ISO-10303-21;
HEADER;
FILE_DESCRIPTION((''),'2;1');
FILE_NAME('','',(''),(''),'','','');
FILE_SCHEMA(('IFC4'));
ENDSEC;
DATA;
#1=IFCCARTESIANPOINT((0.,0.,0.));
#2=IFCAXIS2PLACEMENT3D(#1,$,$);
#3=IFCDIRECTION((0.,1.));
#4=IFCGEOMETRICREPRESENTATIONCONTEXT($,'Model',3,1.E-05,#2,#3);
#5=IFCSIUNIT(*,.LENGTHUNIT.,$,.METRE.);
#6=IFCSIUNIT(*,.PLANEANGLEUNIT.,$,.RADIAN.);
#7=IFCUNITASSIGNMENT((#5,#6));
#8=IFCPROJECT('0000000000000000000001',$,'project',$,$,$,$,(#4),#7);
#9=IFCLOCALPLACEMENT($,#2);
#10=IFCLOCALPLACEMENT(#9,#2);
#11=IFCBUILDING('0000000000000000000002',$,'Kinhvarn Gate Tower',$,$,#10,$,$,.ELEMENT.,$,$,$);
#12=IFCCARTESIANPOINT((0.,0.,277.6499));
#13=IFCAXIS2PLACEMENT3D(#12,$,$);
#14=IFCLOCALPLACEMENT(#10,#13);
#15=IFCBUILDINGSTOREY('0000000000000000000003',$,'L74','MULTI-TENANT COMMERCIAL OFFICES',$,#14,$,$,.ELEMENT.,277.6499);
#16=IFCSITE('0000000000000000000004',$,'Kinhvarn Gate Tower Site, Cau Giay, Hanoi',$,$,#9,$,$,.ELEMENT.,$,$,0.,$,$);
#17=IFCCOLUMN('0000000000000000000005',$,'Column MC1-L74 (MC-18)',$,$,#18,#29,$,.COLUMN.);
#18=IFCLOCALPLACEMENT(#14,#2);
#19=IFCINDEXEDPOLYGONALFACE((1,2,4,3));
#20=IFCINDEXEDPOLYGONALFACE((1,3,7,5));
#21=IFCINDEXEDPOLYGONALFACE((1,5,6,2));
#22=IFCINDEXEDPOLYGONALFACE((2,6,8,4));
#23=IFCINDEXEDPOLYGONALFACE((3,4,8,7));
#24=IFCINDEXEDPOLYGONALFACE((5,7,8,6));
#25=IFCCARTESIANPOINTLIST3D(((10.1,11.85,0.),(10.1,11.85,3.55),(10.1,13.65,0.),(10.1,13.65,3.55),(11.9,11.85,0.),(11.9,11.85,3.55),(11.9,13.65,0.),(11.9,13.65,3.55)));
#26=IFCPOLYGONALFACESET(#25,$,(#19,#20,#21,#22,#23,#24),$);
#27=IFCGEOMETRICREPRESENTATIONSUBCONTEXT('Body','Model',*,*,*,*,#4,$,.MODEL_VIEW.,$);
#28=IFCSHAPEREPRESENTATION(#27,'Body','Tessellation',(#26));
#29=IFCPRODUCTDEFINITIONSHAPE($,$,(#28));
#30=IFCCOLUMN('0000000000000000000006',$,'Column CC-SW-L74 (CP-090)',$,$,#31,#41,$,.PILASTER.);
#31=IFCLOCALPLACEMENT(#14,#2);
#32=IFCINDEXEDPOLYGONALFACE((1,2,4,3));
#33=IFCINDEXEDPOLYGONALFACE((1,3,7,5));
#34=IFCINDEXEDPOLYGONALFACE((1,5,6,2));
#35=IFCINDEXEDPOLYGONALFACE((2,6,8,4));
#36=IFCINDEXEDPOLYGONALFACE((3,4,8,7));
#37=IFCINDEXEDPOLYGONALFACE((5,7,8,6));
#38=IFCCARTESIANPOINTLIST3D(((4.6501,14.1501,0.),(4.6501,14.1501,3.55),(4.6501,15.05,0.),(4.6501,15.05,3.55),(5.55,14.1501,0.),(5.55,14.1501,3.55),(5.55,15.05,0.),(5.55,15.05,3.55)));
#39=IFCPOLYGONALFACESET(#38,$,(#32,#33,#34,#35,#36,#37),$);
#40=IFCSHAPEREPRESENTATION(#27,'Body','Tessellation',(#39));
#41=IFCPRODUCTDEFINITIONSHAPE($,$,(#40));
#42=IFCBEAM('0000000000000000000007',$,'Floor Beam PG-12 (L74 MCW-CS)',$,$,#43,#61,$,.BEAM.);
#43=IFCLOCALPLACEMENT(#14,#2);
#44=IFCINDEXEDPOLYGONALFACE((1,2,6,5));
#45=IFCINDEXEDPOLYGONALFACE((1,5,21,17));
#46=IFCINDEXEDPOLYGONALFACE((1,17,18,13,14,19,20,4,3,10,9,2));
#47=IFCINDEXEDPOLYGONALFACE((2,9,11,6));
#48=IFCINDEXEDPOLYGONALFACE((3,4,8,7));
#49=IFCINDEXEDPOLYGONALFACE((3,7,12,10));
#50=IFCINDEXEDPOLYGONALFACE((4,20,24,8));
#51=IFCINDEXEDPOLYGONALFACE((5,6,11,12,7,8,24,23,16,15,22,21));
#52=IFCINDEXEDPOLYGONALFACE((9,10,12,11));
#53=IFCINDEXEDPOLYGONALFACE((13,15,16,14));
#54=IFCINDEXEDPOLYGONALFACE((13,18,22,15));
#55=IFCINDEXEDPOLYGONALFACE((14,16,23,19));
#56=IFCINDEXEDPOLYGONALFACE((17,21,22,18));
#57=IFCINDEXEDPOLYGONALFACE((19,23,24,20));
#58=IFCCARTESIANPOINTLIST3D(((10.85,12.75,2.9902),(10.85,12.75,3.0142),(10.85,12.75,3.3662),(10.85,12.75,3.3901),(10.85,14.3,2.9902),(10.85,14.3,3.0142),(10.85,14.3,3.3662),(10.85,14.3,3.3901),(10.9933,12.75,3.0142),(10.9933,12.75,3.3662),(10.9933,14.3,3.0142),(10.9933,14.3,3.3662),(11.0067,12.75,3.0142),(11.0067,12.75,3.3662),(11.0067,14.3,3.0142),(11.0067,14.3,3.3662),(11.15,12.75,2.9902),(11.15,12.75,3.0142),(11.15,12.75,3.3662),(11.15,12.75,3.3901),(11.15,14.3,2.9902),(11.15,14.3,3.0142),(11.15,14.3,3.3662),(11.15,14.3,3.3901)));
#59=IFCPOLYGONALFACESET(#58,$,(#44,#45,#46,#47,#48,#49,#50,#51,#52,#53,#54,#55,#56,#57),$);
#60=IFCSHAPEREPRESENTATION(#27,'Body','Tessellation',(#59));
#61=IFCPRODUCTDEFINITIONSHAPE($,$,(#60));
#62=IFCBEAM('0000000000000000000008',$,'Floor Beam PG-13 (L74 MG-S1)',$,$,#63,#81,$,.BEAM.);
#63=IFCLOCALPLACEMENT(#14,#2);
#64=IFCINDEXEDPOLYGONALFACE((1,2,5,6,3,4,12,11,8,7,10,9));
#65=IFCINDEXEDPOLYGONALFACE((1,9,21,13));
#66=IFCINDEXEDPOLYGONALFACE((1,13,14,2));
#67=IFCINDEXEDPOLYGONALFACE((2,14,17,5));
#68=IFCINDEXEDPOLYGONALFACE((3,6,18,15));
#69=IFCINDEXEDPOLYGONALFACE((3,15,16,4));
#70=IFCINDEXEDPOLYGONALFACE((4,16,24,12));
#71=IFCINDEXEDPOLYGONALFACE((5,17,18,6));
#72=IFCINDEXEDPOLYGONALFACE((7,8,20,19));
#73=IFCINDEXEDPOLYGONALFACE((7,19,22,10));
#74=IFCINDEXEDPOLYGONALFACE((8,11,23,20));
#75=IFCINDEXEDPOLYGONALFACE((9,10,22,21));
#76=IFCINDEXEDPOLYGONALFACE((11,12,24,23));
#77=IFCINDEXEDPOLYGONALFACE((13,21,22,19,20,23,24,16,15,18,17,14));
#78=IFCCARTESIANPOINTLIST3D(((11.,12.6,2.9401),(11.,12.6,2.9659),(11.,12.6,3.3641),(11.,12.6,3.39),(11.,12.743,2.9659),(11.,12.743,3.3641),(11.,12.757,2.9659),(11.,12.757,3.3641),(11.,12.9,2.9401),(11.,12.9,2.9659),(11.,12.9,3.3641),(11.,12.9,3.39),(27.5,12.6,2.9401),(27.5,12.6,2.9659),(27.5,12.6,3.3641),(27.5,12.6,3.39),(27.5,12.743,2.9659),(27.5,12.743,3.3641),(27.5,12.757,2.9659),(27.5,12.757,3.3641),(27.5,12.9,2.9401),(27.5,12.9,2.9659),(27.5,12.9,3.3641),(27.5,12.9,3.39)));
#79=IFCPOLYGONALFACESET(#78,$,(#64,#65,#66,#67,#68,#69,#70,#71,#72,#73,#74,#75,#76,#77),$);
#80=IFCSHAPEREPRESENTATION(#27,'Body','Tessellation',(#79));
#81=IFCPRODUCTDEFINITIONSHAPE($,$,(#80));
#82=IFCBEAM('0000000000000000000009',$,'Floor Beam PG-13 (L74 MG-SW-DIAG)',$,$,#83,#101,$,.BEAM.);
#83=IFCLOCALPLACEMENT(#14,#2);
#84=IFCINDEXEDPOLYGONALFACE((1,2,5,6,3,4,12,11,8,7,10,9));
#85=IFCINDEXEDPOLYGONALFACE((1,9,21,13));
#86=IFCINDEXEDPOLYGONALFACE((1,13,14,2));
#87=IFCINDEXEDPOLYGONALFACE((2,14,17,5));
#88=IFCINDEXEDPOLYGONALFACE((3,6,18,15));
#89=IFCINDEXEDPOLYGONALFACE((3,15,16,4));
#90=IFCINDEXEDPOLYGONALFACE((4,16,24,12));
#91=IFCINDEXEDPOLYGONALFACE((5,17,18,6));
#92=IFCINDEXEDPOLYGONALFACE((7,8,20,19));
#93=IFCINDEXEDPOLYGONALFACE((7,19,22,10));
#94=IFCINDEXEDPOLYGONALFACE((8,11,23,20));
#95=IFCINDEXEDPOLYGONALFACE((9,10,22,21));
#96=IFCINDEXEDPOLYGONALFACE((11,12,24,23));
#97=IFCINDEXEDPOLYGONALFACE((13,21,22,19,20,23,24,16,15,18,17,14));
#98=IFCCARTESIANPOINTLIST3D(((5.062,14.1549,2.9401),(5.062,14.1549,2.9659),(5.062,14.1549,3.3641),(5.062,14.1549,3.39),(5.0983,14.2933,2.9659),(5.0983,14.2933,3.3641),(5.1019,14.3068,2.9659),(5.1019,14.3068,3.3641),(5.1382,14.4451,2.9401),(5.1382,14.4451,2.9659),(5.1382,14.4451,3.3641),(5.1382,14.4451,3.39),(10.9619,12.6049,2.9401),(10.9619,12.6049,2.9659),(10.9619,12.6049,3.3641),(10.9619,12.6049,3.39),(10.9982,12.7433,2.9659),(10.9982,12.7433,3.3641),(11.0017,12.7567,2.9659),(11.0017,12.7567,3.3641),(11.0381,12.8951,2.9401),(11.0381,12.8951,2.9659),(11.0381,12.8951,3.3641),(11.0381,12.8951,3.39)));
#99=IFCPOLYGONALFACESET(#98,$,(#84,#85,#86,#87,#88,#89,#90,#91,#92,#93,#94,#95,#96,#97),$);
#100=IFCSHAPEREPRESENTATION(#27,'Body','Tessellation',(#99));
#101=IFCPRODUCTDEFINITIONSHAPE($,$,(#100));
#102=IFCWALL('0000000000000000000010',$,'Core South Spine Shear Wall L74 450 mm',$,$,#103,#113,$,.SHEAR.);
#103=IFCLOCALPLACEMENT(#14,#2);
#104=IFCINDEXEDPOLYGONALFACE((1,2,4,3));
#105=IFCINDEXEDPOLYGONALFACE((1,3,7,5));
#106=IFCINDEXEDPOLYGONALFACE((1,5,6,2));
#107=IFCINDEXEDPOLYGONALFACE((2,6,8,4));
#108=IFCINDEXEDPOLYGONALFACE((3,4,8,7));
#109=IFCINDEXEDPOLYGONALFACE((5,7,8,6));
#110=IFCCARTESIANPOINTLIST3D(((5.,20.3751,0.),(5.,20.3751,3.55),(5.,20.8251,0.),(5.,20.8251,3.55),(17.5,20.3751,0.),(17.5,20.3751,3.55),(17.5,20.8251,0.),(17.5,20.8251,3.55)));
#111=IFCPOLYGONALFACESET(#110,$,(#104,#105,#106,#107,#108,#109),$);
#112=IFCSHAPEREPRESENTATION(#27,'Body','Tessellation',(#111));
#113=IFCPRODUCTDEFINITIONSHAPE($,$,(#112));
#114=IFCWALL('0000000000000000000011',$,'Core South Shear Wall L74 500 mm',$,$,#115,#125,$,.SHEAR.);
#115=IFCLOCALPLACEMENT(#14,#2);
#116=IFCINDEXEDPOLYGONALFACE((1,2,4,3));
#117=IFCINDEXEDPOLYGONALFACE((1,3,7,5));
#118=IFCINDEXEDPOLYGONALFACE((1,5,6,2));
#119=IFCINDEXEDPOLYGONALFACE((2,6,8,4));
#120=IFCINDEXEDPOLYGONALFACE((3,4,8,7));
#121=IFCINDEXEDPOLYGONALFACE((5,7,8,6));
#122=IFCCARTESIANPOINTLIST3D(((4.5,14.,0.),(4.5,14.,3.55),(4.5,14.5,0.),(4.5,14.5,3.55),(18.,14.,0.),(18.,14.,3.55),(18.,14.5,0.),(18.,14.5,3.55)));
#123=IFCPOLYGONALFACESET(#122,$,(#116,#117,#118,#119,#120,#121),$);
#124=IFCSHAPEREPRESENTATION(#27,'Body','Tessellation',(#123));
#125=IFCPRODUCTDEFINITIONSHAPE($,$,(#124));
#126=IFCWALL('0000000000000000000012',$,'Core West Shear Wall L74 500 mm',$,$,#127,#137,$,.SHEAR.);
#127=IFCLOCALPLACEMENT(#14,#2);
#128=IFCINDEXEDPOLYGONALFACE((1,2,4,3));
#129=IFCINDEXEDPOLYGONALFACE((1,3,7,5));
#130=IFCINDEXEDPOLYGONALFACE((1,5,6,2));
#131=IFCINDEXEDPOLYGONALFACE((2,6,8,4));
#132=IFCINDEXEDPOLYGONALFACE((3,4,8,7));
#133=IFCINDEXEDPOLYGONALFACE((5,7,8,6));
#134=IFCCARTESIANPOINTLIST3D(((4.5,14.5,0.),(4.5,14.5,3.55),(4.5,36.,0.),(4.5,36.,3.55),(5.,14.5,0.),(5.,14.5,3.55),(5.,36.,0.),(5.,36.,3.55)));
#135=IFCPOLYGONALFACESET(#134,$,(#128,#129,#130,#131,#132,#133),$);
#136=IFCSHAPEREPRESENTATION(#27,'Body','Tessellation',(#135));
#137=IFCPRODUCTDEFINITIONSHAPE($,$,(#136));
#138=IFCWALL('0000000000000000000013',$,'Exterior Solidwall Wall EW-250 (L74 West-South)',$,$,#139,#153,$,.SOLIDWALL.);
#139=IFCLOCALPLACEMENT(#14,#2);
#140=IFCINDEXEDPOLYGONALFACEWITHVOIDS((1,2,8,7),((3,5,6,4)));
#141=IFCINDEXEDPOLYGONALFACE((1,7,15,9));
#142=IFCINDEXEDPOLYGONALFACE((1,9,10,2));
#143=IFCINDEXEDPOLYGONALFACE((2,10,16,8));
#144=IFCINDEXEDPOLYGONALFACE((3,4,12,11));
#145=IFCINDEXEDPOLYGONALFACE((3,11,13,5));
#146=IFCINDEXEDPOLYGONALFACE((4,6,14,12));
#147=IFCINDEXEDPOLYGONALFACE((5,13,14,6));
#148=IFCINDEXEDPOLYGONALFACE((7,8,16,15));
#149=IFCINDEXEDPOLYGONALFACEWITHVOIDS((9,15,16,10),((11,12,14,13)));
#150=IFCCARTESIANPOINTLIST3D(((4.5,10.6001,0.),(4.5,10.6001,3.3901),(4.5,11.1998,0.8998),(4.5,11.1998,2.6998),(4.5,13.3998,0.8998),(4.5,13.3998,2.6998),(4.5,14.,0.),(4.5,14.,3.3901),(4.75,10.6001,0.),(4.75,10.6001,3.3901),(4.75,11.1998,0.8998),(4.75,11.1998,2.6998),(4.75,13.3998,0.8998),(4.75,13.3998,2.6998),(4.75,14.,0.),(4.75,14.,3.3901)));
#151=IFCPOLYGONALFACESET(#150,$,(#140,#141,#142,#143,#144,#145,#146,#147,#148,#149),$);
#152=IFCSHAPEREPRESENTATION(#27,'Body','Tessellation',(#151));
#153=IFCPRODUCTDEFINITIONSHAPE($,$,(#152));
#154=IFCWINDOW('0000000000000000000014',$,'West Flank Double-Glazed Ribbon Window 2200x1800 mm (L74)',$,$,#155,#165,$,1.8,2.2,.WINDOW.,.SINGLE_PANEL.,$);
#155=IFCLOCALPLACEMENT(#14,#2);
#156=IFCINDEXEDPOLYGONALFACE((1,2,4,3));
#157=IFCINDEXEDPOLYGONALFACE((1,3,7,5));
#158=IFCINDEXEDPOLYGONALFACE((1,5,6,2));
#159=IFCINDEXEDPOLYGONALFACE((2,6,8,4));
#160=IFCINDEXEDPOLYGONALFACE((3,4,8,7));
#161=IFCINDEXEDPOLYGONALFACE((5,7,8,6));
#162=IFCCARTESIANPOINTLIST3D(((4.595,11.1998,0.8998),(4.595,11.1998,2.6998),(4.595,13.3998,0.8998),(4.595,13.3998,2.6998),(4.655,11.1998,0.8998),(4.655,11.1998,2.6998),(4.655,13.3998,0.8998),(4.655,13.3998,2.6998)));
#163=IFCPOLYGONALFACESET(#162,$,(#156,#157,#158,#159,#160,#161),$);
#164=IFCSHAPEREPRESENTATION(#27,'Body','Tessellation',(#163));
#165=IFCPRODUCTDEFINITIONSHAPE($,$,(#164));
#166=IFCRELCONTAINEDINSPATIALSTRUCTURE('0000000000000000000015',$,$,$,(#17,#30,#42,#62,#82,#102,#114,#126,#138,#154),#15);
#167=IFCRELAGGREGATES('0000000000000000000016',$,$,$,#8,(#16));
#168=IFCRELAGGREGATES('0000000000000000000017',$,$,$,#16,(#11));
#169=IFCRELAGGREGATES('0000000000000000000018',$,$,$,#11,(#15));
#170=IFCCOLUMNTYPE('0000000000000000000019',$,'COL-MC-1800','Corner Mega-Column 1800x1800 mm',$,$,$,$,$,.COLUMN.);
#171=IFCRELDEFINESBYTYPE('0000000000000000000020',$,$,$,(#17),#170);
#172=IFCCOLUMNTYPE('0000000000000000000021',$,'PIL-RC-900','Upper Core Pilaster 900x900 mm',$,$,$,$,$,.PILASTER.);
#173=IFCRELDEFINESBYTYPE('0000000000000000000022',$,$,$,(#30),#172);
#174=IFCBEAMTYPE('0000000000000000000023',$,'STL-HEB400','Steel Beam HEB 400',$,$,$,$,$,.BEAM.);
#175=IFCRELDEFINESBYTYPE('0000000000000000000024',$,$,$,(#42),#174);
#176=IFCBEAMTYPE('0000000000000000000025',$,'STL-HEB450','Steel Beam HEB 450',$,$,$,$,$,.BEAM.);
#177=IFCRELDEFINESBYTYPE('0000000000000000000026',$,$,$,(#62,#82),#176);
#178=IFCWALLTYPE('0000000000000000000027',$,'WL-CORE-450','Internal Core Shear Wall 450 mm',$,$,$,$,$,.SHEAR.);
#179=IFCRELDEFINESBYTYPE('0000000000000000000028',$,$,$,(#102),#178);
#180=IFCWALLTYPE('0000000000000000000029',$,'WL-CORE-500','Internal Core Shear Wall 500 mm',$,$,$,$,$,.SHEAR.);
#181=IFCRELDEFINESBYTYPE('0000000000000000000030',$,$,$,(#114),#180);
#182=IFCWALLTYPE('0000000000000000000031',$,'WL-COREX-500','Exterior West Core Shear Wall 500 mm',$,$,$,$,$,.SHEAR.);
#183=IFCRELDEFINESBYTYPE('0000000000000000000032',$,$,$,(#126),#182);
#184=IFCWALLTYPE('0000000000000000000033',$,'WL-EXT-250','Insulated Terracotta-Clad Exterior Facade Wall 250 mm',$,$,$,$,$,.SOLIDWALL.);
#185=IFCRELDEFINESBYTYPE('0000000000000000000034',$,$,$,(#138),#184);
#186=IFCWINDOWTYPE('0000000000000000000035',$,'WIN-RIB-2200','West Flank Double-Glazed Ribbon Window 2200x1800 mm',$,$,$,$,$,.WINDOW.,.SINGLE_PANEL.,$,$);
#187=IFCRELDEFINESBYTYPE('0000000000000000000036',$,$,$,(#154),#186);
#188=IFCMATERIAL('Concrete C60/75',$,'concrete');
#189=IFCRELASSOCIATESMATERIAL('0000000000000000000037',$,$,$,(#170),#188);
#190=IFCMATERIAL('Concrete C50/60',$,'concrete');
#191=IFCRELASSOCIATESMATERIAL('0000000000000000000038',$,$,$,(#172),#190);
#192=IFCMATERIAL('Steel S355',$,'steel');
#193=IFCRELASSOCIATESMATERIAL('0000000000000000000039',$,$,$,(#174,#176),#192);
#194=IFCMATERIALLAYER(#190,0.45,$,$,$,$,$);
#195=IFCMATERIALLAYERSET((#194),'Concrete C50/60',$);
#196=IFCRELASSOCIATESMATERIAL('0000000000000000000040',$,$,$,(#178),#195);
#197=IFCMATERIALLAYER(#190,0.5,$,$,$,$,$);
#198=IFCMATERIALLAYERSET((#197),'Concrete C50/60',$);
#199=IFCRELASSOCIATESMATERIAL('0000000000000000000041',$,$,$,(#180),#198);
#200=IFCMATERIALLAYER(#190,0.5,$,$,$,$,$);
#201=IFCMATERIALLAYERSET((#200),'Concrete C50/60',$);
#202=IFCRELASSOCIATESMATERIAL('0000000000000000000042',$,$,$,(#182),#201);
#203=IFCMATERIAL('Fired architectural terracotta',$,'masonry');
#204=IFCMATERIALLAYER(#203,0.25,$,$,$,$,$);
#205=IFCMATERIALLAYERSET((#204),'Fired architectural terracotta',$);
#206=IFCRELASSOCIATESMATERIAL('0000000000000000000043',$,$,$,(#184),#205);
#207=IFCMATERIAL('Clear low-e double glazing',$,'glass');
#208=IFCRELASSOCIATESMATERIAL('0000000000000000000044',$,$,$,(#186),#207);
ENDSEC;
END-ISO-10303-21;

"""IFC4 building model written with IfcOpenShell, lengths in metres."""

from ifc_helpers import new_model, si_unit, direction, frame, frame_2d, origin, origin_2d, place, context, subcontext, project, spatial, rectangle, i_section, extrude, material, layer, layer_set, material_profile, profile_set, type_object, element, fill, save


model = new_model("IFC4")

# Units and contexts
model_context = context("Model", 3, precision=1e-05, world=origin(), true_north=direction((0.0, 1.0)))
body_context = subcontext(model_context, "Body", "Model", "MODEL_VIEW")
ifc_project = project(units=[si_unit("LENGTHUNIT", "METRE"), si_unit("PLANEANGLEUNIT", "RADIAN")], contexts=[model_context])

# Site, building, storey
site_placement = place(None, origin())
site = spatial("IfcSite", under=ifc_project, at=site_placement, Name="Kinhvarn Gate Tower Site, Cau Giay, Hanoi", CompositionType="ELEMENT", RefElevation=0.0)
building_placement = place(site_placement, origin())
building = spatial("IfcBuilding", under=site, at=building_placement, Name="Kinhvarn Gate Tower", CompositionType="ELEMENT")
storey_placement = place(building_placement, frame((0.0, 0.0, 277.6499)))
storey = spatial("IfcBuildingStorey", under=building, at=storey_placement, Name="L74", Description="MULTI-TENANT COMMERCIAL OFFICES", CompositionType="ELEMENT", Elevation=277.6499)

# Columns
ifc_material_1 = material(Name="Concrete C60/75", Category="concrete")
ifc_material_profile_1 = material_profile(ifc_material_1, rectangle(XDim=1.8, YDim=1.8, at=origin_2d()), Name="RC 1800x1800")
ifc_profile_set_1 = profile_set([ifc_material_profile_1], Name="Concrete C60/75")
column_type_1 = type_object("IfcColumnType", Name="COL-MC-1800", Description="Corner Mega-Column 1800x1800 mm", PredefinedType="COLUMN", material=ifc_profile_set_1)
column_1_placement = place(storey_placement, frame((11.0, 12.75, 0.0), z_axis=(0.0, 0.0, 1.0), x_axis=(1.0, 0.0, 0.0)))
element("IfcColumn", 1, at=column_1_placement, inside=storey, type_object=column_type_1, Name="Column MC1-L74 (MC-18)", PredefinedType="COLUMN", context=body_context, shape_type="SweptSolid", body=[
    extrude(rectangle(XDim=1.8, YDim=1.8, at=origin_2d()), origin(), (0.0, 0.0, 1.0), 3.55),
])
ifc_material_2 = material(Name="Concrete C50/60", Category="concrete")
ifc_material_profile_2 = material_profile(ifc_material_2, rectangle(XDim=0.8999, YDim=0.8999, at=origin_2d()), Name="RC 900x900")
ifc_profile_set_2 = profile_set([ifc_material_profile_2], Name="Concrete C50/60")
column_type_2 = type_object("IfcColumnType", Name="PIL-RC-900", Description="Upper Core Pilaster 900x900 mm", PredefinedType="PILASTER", material=ifc_profile_set_2)
column_2_placement = place(storey_placement, frame((5.1001, 14.6001, 0.0), z_axis=(0.0, 0.0, 1.0), x_axis=(1.0, 0.0, 0.0)))
element("IfcColumn", 2, at=column_2_placement, inside=storey, type_object=column_type_2, Name="Column CC-SW-L74 (CP-090)", PredefinedType="PILASTER", context=body_context, shape_type="SweptSolid", body=[
    extrude(rectangle(XDim=0.8999, YDim=0.8999, at=origin_2d()), origin(), (0.0, 0.0, 1.0), 3.55),
])

# Beams
ifc_material_3 = material(Name="Steel S355", Category="steel")
ifc_material_profile_3 = material_profile(ifc_material_3, i_section(OverallWidth=0.3, OverallDepth=0.3999, WebThickness=0.0134, FlangeThickness=0.0239, at=origin_2d()), Name="HEB 400")
ifc_profile_set_3 = profile_set([ifc_material_profile_3], Name="Steel S355")
beam_type_1 = type_object("IfcBeamType", Name="STL-HEB400", Description="Steel Beam HEB 400", PredefinedType="BEAM", material=ifc_profile_set_3)
beam_1_placement = place(storey_placement, frame((11.0, 12.75, 3.1902), z_axis=(0.0, 1.0, 0.0), x_axis=(-1.0, 0.0, 0.0)))
element("IfcBeam", 3, at=beam_1_placement, inside=storey, type_object=beam_type_1, Name="Floor Beam PG-12 (L74 MCW-CS)", PredefinedType="BEAM", context=body_context, shape_type="SweptSolid", body=[
    extrude(i_section(OverallWidth=0.3, OverallDepth=0.3999, WebThickness=0.0134, FlangeThickness=0.0239, at=origin_2d()), origin(), (0.0, 0.0, 1.0), 1.55),
])
ifc_material_profile_4 = material_profile(ifc_material_3, i_section(OverallWidth=0.3, OverallDepth=0.45, WebThickness=0.0139, FlangeThickness=0.0259, at=origin_2d()), Name="HEB 450")
ifc_profile_set_4 = profile_set([ifc_material_profile_4], Name="Steel S355")
beam_type_2 = type_object("IfcBeamType", Name="STL-HEB450", Description="Steel Beam HEB 450", PredefinedType="BEAM", material=ifc_profile_set_4)
beam_2_placement = place(storey_placement, frame((11.0, 12.75, 3.165), z_axis=(1.0, 0.0, 0.0), x_axis=(0.0, 1.0, 0.0)))
element("IfcBeam", 4, at=beam_2_placement, inside=storey, type_object=beam_type_2, Name="Floor Beam PG-13 (L74 MG-S1)", PredefinedType="BEAM", context=body_context, shape_type="SweptSolid", body=[
    extrude(i_section(OverallWidth=0.3, OverallDepth=0.45, WebThickness=0.0139, FlangeThickness=0.0259, at=origin_2d()), origin(), (0.0, 0.0, 1.0), 16.5),
])
beam_3_placement = place(storey_placement, frame((5.1001, 14.3, 3.165), z_axis=(0.967178, -0.254101, 0.0), x_axis=(0.254101, 0.967178, 0.0)))
element("IfcBeam", 5, at=beam_3_placement, inside=storey, type_object=beam_type_2, Name="Floor Beam PG-13 (L74 MG-SW-DIAG)", PredefinedType="BEAM", context=body_context, shape_type="SweptSolid", body=[
    extrude(i_section(OverallWidth=0.3, OverallDepth=0.45, WebThickness=0.0139, FlangeThickness=0.0259, at=origin_2d()), origin(), (0.0, 0.0, 1.0), 6.1001),
])

# Walls
ifc_layer_1 = layer(ifc_material_2, 0.45)
ifc_layer_set_1 = layer_set([ifc_layer_1], Name="Concrete C50/60")
wall_type_1 = type_object("IfcWallType", Name="WL-CORE-450", Description="Internal Core Shear Wall 450 mm", PredefinedType="SHEAR", material=ifc_layer_set_1)
wall_1_placement = place(storey_placement, frame((5.0, 20.6001, 0.0), z_axis=(0.0, 0.0, 1.0), x_axis=(1.0, 0.0, 0.0)))
element("IfcWall", 6, at=wall_1_placement, inside=storey, type_object=wall_type_1, Name="Core South Spine Shear Wall L74 450 mm", PredefinedType="SHEAR", context=body_context, shape_type="SweptSolid", body=[
    extrude(rectangle(XDim=12.5, YDim=0.45, at=frame_2d((6.25, 0.0))), origin(), (0.0, 0.0, 1.0), 3.55),
])
ifc_layer_2 = layer(ifc_material_2, 0.5)
ifc_layer_set_2 = layer_set([ifc_layer_2], Name="Concrete C50/60")
wall_type_2 = type_object("IfcWallType", Name="WL-CORE-500", Description="Internal Core Shear Wall 500 mm", PredefinedType="SHEAR", material=ifc_layer_set_2)
wall_2_placement = place(storey_placement, frame((4.5, 14.25, 0.0), z_axis=(0.0, 0.0, 1.0), x_axis=(1.0, 0.0, 0.0)))
element("IfcWall", 7, at=wall_2_placement, inside=storey, type_object=wall_type_2, Name="Core South Shear Wall L74 500 mm", PredefinedType="SHEAR", context=body_context, shape_type="SweptSolid", body=[
    extrude(rectangle(XDim=13.5, YDim=0.5, at=frame_2d((6.75, 0.0))), origin(), (0.0, 0.0, 1.0), 3.55),
])
ifc_layer_3 = layer(ifc_material_2, 0.5)
ifc_layer_set_3 = layer_set([ifc_layer_3], Name="Concrete C50/60")
wall_type_3 = type_object("IfcWallType", Name="WL-COREX-500", Description="Exterior West Core Shear Wall 500 mm", PredefinedType="SHEAR", material=ifc_layer_set_3)
wall_3_placement = place(storey_placement, frame((4.75, 14.5, 0.0), z_axis=(0.0, 0.0, 1.0), x_axis=(0.0, 1.0, 0.0)))
element("IfcWall", 8, at=wall_3_placement, inside=storey, type_object=wall_type_3, Name="Core West Shear Wall L74 500 mm", PredefinedType="SHEAR", context=body_context, shape_type="SweptSolid", body=[
    extrude(rectangle(XDim=21.5, YDim=0.5, at=frame_2d((10.75, 0.0))), origin(), (0.0, 0.0, 1.0), 3.55),
])

# Wall, opening, window
ifc_material_4 = material(Name="Fired architectural terracotta", Category="masonry")
ifc_layer_4 = layer(ifc_material_4, 0.25)
ifc_layer_set_4 = layer_set([ifc_layer_4], Name="Fired architectural terracotta")
wall_type_4 = type_object("IfcWallType", Name="WL-EXT-250", Description="Insulated Terracotta-Clad Exterior Facade Wall 250 mm", PredefinedType="SOLIDWALL", material=ifc_layer_set_4)
wall_4_placement = place(storey_placement, frame((4.625, 14.0, 0.0), z_axis=(0.0, 0.0, 1.0), x_axis=(0.0, -1.0, 0.0)))
wall_4 = element("IfcWall", 9, at=wall_4_placement, inside=storey, type_object=wall_type_4, Name="Exterior Solidwall Wall EW-250 (L74 West-South)", PredefinedType="SOLIDWALL", context=body_context, shape_type="SweptSolid", body=[
    extrude(rectangle(XDim=3.3999, YDim=0.25, at=frame_2d((1.7, 0.0))), origin(), (0.0, 0.0, 1.0), 3.3901),
])
opening_1_placement = place(wall_4_placement, frame((0.6001, 0.0, 0.8999)))
opening_1 = element("IfcOpeningElement", 10, at=opening_1_placement, cuts=wall_4, PredefinedType="OPENING", context=body_context, shape_type="SweptSolid", body=[
    extrude(rectangle(XDim=2.2, YDim=1.8, at=frame_2d((1.1001, 0.8999))), frame((0.0, 0.135, 0.0), z_axis=(0.0, -1.0, 0.0), x_axis=(1.0, 0.0, 0.0)), (0.0, 0.0, 1.0), 0.27),
])
ifc_material_5 = material(Name="Clear low-e double glazing", Category="glass")
window_type_1 = type_object("IfcWindowType", Name="WIN-RIB-2200", Description="West Flank Double-Glazed Ribbon Window 2200x1800 mm", PartitioningType="SINGLE_PANEL", PredefinedType="WINDOW", material=ifc_material_5)
window_1_placement = place(opening_1_placement, origin())
window_1 = element("IfcWindow", 11, at=window_1_placement, inside=storey, type_object=window_type_1, Name="West Flank Double-Glazed Ribbon Window 2200x1800 mm (L74)", OverallHeight=1.8, OverallWidth=2.2, PartitioningType="SINGLE_PANEL", PredefinedType="WINDOW", context=body_context, shape_type="SweptSolid", body=[
    extrude(rectangle(XDim=2.2, YDim=1.8, at=frame_2d((1.1001, 0.8999))), frame((0.0, 0.03, 0.0), z_axis=(0.0, -1.0, 0.0), x_axis=(1.0, 0.0, 0.0)), (0.0, 0.0, 1.0), 0.0601),
])
fill(opening_1, window_1)

save(model, "model.ifc")
